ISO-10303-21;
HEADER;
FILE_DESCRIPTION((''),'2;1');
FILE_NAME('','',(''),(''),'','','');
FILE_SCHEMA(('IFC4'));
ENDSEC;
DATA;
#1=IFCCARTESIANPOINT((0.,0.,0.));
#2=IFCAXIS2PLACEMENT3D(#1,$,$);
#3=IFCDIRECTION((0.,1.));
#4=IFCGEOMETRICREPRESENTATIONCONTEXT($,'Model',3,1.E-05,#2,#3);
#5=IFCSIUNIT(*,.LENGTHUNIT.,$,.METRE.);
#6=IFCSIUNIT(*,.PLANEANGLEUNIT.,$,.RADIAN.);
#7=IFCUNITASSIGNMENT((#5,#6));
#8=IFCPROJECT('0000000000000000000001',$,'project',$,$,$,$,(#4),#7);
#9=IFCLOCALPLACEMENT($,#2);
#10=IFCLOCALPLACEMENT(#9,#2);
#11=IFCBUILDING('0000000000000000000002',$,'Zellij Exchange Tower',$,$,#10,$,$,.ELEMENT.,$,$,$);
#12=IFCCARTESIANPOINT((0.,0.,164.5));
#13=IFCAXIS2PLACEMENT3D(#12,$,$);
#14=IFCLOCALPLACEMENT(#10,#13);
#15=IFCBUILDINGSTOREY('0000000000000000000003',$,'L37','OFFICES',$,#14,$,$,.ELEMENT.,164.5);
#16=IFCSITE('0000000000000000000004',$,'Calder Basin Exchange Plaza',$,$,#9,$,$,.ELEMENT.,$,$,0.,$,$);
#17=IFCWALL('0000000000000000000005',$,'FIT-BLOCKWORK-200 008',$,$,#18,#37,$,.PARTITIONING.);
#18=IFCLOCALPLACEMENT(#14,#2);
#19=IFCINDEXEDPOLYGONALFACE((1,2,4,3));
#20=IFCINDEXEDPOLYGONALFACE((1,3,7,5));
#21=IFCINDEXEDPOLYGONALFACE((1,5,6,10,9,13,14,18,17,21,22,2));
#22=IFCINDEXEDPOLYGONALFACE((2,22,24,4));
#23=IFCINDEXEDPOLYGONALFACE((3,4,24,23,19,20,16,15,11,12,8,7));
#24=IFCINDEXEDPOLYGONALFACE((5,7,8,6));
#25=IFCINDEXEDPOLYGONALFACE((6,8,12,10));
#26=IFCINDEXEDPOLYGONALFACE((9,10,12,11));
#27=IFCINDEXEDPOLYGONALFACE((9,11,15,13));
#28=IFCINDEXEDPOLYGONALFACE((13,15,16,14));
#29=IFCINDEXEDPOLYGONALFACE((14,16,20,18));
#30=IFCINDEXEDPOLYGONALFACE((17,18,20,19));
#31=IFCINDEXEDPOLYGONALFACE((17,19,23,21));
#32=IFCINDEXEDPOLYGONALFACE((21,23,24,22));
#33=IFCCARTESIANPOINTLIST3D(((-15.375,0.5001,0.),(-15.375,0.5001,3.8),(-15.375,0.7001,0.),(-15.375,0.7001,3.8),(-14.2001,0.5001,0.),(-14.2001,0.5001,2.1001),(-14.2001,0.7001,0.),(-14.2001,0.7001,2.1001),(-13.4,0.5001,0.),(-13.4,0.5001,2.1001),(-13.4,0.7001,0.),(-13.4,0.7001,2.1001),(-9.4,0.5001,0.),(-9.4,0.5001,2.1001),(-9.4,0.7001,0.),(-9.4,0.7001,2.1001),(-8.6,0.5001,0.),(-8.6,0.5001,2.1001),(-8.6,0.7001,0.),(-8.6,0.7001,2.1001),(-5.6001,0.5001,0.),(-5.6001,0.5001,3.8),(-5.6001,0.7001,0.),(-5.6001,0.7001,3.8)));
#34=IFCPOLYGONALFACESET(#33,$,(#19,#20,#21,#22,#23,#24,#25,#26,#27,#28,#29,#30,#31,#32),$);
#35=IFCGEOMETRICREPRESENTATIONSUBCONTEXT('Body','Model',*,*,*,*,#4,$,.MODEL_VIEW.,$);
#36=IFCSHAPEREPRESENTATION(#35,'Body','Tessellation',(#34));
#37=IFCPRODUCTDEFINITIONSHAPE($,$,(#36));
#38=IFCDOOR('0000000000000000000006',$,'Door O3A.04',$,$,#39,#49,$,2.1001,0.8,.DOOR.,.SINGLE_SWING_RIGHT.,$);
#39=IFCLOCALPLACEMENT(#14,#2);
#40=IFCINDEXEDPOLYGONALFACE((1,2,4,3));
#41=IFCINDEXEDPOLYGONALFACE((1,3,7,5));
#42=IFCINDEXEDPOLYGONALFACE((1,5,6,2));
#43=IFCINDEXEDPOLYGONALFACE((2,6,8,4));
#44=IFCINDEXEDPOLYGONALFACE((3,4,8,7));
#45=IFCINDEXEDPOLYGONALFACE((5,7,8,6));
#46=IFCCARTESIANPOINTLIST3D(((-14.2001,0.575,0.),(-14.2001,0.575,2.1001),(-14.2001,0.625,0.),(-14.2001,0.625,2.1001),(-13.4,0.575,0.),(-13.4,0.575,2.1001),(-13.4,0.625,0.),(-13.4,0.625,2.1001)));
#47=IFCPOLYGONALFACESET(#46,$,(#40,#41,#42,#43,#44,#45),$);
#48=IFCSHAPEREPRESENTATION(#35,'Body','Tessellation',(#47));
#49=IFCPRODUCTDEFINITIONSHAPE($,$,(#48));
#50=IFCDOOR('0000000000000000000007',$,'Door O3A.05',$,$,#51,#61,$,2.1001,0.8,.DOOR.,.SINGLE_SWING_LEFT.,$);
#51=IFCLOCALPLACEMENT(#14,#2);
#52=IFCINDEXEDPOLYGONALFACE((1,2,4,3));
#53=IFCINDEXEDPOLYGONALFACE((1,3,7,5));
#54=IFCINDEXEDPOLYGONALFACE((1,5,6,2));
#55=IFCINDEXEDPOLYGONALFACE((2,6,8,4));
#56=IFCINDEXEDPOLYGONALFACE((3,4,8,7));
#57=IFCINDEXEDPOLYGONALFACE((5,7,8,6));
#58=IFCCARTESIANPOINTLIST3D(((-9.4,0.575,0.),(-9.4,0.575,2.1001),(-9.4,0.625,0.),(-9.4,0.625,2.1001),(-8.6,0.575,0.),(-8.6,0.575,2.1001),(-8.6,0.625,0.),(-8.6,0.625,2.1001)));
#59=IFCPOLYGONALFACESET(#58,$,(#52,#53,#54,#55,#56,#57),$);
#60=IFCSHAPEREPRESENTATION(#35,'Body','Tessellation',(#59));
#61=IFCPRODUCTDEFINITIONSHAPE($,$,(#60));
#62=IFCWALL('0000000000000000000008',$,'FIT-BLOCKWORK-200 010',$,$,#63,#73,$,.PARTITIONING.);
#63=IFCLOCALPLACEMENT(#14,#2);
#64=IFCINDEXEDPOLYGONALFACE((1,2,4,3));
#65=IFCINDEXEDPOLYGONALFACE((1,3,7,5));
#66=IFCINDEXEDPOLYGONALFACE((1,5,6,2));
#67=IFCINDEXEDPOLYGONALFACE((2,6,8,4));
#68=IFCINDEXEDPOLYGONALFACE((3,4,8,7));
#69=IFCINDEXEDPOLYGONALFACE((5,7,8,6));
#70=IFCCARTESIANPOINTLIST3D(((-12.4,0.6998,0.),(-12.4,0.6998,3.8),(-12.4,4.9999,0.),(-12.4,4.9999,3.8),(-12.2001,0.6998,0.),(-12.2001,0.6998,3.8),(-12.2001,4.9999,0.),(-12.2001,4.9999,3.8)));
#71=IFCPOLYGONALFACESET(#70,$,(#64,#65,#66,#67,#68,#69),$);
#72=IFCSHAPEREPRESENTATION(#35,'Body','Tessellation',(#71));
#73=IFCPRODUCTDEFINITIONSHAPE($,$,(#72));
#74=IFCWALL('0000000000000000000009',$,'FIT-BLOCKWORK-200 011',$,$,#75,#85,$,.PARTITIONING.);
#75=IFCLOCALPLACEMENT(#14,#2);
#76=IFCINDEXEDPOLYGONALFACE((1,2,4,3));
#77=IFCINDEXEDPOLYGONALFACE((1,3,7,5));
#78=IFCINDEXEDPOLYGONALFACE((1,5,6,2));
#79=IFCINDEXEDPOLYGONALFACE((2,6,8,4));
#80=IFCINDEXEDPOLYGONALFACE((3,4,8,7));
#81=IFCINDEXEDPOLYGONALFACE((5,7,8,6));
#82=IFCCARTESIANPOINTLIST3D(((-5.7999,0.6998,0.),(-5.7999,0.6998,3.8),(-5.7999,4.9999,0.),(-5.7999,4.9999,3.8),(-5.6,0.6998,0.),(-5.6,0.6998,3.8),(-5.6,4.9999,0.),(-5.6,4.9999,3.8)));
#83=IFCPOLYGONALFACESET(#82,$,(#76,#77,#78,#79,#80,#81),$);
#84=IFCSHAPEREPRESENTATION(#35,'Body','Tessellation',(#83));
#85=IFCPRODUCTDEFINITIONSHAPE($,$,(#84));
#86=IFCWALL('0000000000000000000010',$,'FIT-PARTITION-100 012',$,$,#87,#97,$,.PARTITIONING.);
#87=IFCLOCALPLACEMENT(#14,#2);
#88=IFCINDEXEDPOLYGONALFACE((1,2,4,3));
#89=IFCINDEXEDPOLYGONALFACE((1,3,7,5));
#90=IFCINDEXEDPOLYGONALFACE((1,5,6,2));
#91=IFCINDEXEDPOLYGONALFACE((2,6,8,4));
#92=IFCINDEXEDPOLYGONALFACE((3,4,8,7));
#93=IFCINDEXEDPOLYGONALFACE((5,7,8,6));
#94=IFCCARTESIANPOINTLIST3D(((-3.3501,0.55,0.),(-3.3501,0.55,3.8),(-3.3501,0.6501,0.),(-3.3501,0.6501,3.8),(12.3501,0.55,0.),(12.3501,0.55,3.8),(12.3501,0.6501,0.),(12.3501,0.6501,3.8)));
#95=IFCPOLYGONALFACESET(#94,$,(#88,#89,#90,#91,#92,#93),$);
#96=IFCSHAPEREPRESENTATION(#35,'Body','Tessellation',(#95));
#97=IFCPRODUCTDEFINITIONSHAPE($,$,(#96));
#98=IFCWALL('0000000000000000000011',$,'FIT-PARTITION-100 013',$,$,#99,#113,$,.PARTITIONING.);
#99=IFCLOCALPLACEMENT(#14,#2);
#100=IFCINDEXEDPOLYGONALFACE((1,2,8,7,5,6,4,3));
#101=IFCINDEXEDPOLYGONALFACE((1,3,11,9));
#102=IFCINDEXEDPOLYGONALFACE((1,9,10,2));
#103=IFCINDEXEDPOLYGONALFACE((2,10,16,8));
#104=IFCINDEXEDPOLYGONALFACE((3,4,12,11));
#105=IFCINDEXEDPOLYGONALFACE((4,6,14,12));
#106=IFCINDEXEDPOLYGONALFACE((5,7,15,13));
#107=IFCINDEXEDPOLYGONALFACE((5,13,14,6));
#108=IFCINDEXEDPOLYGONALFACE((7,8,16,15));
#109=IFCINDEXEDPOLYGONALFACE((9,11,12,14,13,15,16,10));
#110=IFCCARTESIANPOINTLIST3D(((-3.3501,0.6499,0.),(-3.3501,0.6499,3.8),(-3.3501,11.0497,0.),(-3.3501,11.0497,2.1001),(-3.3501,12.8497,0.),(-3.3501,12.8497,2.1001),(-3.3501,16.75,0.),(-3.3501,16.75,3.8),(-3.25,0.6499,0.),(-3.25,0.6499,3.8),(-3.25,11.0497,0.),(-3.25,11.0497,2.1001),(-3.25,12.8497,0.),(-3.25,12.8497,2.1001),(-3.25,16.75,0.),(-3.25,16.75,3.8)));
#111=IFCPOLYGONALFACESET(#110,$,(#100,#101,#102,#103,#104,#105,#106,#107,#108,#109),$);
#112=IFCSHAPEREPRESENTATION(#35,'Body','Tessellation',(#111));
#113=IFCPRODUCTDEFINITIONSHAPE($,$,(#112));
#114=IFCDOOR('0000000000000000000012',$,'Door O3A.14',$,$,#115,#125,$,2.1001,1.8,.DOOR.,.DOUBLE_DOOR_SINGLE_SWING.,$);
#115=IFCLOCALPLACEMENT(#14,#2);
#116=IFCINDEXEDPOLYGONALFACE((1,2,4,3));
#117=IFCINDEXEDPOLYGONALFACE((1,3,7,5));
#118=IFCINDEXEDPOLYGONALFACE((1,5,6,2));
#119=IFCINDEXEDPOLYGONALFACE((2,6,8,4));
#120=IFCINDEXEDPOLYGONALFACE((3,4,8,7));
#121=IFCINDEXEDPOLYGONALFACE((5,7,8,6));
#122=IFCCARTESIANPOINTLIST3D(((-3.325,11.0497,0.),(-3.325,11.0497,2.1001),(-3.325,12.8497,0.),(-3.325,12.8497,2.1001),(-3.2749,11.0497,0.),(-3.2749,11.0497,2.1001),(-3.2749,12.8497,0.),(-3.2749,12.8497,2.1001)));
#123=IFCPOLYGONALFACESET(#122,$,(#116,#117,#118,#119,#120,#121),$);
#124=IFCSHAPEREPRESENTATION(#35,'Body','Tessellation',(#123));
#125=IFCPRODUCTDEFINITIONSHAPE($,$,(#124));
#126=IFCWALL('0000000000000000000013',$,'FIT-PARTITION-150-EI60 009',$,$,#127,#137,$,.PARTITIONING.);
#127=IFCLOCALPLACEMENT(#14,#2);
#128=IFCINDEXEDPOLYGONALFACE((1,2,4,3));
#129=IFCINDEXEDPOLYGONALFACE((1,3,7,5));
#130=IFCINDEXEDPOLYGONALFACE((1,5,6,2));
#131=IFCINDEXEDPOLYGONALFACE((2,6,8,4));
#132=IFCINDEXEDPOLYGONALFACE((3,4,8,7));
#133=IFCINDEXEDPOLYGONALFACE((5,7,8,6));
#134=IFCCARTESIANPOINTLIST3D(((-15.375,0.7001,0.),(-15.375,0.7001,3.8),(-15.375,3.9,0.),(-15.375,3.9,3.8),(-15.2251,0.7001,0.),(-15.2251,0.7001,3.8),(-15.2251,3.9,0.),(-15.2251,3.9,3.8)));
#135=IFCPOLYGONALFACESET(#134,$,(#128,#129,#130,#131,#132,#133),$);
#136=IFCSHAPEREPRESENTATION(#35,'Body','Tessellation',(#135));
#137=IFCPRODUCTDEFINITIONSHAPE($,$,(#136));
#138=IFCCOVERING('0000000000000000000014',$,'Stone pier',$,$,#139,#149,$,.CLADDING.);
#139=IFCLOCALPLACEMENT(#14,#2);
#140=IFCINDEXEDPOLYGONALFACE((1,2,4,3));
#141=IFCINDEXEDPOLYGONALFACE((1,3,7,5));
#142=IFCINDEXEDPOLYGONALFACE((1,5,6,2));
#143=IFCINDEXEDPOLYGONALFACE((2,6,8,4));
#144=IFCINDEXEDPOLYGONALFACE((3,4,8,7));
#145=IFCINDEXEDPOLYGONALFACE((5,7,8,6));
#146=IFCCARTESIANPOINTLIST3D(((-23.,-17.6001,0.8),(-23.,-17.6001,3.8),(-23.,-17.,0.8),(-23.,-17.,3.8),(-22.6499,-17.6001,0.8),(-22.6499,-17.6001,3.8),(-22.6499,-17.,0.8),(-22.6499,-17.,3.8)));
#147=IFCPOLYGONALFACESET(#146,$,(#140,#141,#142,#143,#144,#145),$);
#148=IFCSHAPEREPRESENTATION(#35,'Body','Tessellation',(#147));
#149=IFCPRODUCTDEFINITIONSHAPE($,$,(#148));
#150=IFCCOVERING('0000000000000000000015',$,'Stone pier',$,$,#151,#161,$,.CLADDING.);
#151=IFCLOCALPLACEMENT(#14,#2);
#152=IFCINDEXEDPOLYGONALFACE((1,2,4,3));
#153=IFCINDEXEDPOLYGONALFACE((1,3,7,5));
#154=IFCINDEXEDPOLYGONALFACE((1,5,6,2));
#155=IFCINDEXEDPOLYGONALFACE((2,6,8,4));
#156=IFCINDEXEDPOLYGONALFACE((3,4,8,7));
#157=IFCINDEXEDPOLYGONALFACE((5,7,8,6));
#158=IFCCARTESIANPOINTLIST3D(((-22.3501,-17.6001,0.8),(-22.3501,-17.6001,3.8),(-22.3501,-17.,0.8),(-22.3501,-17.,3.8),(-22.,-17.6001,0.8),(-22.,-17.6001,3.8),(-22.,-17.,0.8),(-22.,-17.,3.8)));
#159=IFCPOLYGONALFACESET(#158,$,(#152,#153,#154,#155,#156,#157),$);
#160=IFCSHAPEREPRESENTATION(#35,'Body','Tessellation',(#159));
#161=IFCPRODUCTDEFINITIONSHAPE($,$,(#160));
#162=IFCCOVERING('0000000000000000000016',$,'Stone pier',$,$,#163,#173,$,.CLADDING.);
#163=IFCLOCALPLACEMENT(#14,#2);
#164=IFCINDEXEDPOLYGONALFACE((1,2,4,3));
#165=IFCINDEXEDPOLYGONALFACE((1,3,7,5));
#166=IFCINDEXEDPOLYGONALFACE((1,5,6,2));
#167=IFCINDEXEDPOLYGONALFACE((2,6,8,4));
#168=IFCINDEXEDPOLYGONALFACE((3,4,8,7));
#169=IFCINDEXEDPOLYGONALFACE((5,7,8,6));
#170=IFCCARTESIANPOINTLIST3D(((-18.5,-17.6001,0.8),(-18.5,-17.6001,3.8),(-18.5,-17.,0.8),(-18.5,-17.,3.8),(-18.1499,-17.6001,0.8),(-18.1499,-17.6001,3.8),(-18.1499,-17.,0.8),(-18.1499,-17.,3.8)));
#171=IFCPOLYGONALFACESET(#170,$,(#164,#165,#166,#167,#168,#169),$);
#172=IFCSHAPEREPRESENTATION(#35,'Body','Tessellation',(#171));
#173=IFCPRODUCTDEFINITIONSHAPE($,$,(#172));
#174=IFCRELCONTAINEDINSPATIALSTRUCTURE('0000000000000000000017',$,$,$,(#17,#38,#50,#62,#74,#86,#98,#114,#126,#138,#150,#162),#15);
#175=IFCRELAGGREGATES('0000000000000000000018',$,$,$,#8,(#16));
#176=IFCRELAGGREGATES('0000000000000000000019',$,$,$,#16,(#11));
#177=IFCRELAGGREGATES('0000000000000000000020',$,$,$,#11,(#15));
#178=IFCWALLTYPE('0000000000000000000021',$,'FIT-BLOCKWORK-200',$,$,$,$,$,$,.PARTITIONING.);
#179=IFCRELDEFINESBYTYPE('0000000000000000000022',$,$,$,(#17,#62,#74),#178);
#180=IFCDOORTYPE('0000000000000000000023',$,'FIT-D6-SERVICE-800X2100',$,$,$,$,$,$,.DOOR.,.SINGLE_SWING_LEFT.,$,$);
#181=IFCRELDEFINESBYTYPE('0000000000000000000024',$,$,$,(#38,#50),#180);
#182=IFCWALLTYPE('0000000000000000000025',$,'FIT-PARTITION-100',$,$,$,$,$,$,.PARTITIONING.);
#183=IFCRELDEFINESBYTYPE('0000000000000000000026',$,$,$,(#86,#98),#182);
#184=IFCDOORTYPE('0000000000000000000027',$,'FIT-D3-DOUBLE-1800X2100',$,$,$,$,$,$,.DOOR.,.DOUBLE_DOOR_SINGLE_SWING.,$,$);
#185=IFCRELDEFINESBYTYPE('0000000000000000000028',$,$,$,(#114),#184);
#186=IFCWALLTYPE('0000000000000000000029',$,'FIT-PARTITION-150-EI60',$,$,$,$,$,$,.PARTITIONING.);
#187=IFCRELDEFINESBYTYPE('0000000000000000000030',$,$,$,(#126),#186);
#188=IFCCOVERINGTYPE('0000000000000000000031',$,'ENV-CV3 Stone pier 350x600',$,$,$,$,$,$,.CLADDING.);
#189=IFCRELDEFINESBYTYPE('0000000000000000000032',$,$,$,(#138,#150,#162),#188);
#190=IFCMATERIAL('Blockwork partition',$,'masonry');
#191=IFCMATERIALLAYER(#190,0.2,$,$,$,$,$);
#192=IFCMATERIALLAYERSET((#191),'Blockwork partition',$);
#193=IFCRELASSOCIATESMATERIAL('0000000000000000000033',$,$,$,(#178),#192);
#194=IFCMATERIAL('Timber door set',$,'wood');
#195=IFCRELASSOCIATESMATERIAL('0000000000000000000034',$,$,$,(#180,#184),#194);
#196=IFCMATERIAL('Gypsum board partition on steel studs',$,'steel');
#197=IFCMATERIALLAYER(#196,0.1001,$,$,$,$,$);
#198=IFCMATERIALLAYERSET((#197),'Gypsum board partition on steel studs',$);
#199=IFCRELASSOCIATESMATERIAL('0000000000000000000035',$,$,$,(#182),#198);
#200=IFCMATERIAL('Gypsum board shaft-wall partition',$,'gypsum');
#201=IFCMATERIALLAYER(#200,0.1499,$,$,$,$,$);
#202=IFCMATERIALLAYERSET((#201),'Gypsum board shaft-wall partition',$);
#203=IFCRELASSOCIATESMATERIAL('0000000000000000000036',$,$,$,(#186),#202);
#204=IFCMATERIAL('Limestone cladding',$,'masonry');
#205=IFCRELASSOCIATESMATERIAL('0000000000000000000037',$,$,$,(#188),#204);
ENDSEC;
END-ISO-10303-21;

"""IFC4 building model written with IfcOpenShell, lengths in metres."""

from ifc_helpers import new_model, si_unit, direction, frame, frame_2d, origin, place, context, subcontext, project, spatial, polyline, rectangle, outline, extrude, material, layer, layer_set, type_object, element, fill, save


model = new_model("IFC4")

# Units and contexts
model_context = context("Model", 3, precision=1e-05, world=origin(), true_north=direction((0.0, 1.0)))
body_context = subcontext(model_context, "Body", "Model", "MODEL_VIEW")
ifc_project = project(units=[si_unit("LENGTHUNIT", "METRE"), si_unit("PLANEANGLEUNIT", "RADIAN")], contexts=[model_context])

# Site, building, storey
site_placement = place(None, origin())
site = spatial("IfcSite", under=ifc_project, at=site_placement, Name="Calder Basin Exchange Plaza", CompositionType="ELEMENT", RefElevation=0.0)
building_placement = place(site_placement, origin())
building = spatial("IfcBuilding", under=site, at=building_placement, Name="Zellij Exchange Tower", CompositionType="ELEMENT")
storey_placement = place(building_placement, frame((0.0, 0.0, 164.5)))
storey = spatial("IfcBuildingStorey", under=building, at=storey_placement, Name="L37", Description="OFFICES", CompositionType="ELEMENT", Elevation=164.5)

# Wall, openings, doors
ifc_material_1 = material(Name="Blockwork partition", Category="masonry")
ifc_layer_1 = layer(ifc_material_1, 0.2)
ifc_layer_set_1 = layer_set([ifc_layer_1], Name="Blockwork partition")
wall_type_1 = type_object("IfcWallType", Name="FIT-BLOCKWORK-200", PredefinedType="PARTITIONING", material=ifc_layer_set_1)
wall_1_placement = place(storey_placement, frame((-15.375, 0.6001, 0.0), z_axis=(0.0, 0.0, 1.0), x_axis=(1.0, 0.0, 0.0)))
wall_1 = element("IfcWall", 1, at=wall_1_placement, inside=storey, type_object=wall_type_1, Name="FIT-BLOCKWORK-200 008", PredefinedType="PARTITIONING", context=body_context, shape_type="SweptSolid", body=[
    extrude(rectangle(XDim=9.7749, YDim=0.2, at=frame_2d((4.8875, 0.0))), origin(), (0.0, 0.0, 1.0), 3.8),
])
opening_1_placement = place(wall_1_placement, frame((1.175, 0.0, 0.0)))
opening_1 = element("IfcOpeningElement", 2, at=opening_1_placement, cuts=wall_1, PredefinedType="OPENING", context=body_context, shape_type="SweptSolid", body=[
    extrude(rectangle(XDim=0.8, YDim=2.1001, at=frame_2d((0.3999, 1.05))), frame((0.0, 0.1118, 0.0), z_axis=(0.0, -1.0, 0.0), x_axis=(1.0, 0.0, 0.0)), (0.0, 0.0, 1.0), 0.2239),
])
opening_2_placement = place(wall_1_placement, frame((5.9751, 0.0, 0.0)))
opening_2 = element("IfcOpeningElement", 3, at=opening_2_placement, cuts=wall_1, PredefinedType="OPENING", context=body_context, shape_type="SweptSolid", body=[
    extrude(rectangle(XDim=0.8, YDim=2.1001, at=frame_2d((0.3999, 1.05))), frame((0.0, 0.1118, 0.0), z_axis=(0.0, -1.0, 0.0), x_axis=(1.0, 0.0, 0.0)), (0.0, 0.0, 1.0), 0.2239),
])
ifc_material_2 = material(Name="Timber door set", Category="wood")
door_type_1 = type_object("IfcDoorType", Name="FIT-D6-SERVICE-800X2100", OperationType="SINGLE_SWING_LEFT", PredefinedType="DOOR", material=ifc_material_2)
door_1_placement = place(opening_1_placement, origin())
door_1 = element("IfcDoor", 4, at=door_1_placement, inside=storey, type_object=door_type_1, Name="Door O3A.04", OperationType="SINGLE_SWING_RIGHT", OverallHeight=2.1001, OverallWidth=0.8, PredefinedType="DOOR", context=body_context, shape_type="SweptSolid", body=[
    extrude(rectangle(XDim=0.8, YDim=2.1001, at=frame_2d((0.3999, 1.05))), frame((0.0, 0.0249, 0.0), z_axis=(0.0, -1.0, 0.0), x_axis=(1.0, 0.0, 0.0)), (0.0, 0.0, 1.0), 0.05),
])
fill(opening_1, door_1)
door_2_placement = place(opening_2_placement, origin())
door_2 = element("IfcDoor", 5, at=door_2_placement, inside=storey, type_object=door_type_1, Name="Door O3A.05", OperationType="SINGLE_SWING_LEFT", OverallHeight=2.1001, OverallWidth=0.8, PredefinedType="DOOR", context=body_context, shape_type="SweptSolid", body=[
    extrude(rectangle(XDim=0.8, YDim=2.1001, at=frame_2d((0.3999, 1.05))), frame((0.0, 0.0249, 0.0), z_axis=(0.0, -1.0, 0.0), x_axis=(1.0, 0.0, 0.0)), (0.0, 0.0, 1.0), 0.05),
])
fill(opening_2, door_2)

# Walls
for number, where, z_axis, x_axis, name in (
    (6, (-12.3, 0.7, 0.0), (0.0, 0.0, 1.0), (0.0, 1.0, 0.0), "FIT-BLOCKWORK-200 010"),
    (7, (-5.7, 0.7, 0.0), (0.0, 0.0, 1.0), (0.0, 1.0, 0.0), "FIT-BLOCKWORK-200 011"),
):
    element("IfcWall", number, at=place(storey_placement, frame(where, z_axis=z_axis, x_axis=x_axis)), inside=storey, type_object=wall_type_1, Name=name, PredefinedType="PARTITIONING", context=body_context, shape_type="SweptSolid", body=[
        extrude(rectangle(XDim=4.3, YDim=0.2, at=frame_2d((2.1499, 0.0))), origin(), (0.0, 0.0, 1.0), 3.8),
    ])
ifc_material_3 = material(Name="Gypsum board partition on steel studs", Category="steel")
ifc_layer_2 = layer(ifc_material_3, 0.1001)
ifc_layer_set_2 = layer_set([ifc_layer_2], Name="Gypsum board partition on steel studs")
wall_type_2 = type_object("IfcWallType", Name="FIT-PARTITION-100", PredefinedType="PARTITIONING", material=ifc_layer_set_2)
wall_2_placement = place(storey_placement, frame((-3.3501, 0.6001, 0.0), z_axis=(0.0, 0.0, 1.0), x_axis=(1.0, 0.0, 0.0)))
element("IfcWall", 8, at=wall_2_placement, inside=storey, type_object=wall_type_2, Name="FIT-PARTITION-100 012", PredefinedType="PARTITIONING", context=body_context, shape_type="SweptSolid", body=[
    extrude(rectangle(XDim=15.7002, YDim=0.1001, at=frame_2d((7.8501, 0.0))), origin(), (0.0, 0.0, 1.0), 3.8),
])

# Wall, opening, door
wall_3_placement = place(storey_placement, frame((-3.3, 0.6499, 0.0), z_axis=(0.0, 0.0, 1.0), x_axis=(0.0, 1.0, 0.0)))
wall_3 = element("IfcWall", 9, at=wall_3_placement, inside=storey, type_object=wall_type_2, Name="FIT-PARTITION-100 013", PredefinedType="PARTITIONING", context=body_context, shape_type="SweptSolid", body=[
    extrude(rectangle(XDim=16.1001, YDim=0.1001, at=frame_2d((8.05, 0.0))), origin(), (0.0, 0.0, 1.0), 3.8),
])
opening_3_placement = place(wall_3_placement, frame((10.3999, 0.0, 0.0)))
opening_3 = element("IfcOpeningElement", 10, at=opening_3_placement, cuts=wall_3, PredefinedType="OPENING", context=body_context, shape_type="SweptSolid", body=[
    extrude(rectangle(XDim=1.8, YDim=2.1001, at=frame_2d((0.8999, 1.05))), frame((0.0, 0.062, 0.0), z_axis=(0.0, -1.0, 0.0), x_axis=(1.0, 0.0, 0.0)), (0.0, 0.0, 1.0), 0.124),
])
door_type_2 = type_object("IfcDoorType", Name="FIT-D3-DOUBLE-1800X2100", OperationType="DOUBLE_DOOR_SINGLE_SWING", PredefinedType="DOOR", material=ifc_material_2)
door_3_placement = place(opening_3_placement, origin())
door_3 = element("IfcDoor", 11, at=door_3_placement, inside=storey, type_object=door_type_2, Name="Door O3A.14", OperationType="DOUBLE_DOOR_SINGLE_SWING", OverallHeight=2.1001, OverallWidth=1.8, PredefinedType="DOOR", context=body_context, shape_type="SweptSolid", body=[
    extrude(rectangle(XDim=1.8, YDim=2.1001, at=frame_2d((0.8999, 1.05))), frame((0.0, 0.0249, 0.0), z_axis=(0.0, -1.0, 0.0), x_axis=(1.0, 0.0, 0.0)), (0.0, 0.0, 1.0), 0.05),
])
fill(opening_3, door_3)

# Wall
ifc_material_4 = material(Name="Gypsum board shaft-wall partition", Category="gypsum")
ifc_layer_3 = layer(ifc_material_4, 0.1499)
ifc_layer_set_3 = layer_set([ifc_layer_3], Name="Gypsum board shaft-wall partition")
wall_type_3 = type_object("IfcWallType", Name="FIT-PARTITION-150-EI60", PredefinedType="PARTITIONING", material=ifc_layer_set_3)
wall_4_placement = place(storey_placement, frame((-15.3, 0.7, 0.0), z_axis=(0.0, 0.0, 1.0), x_axis=(0.0, 1.0, 0.0)))
element("IfcWall", 12, at=wall_4_placement, inside=storey, type_object=wall_type_3, Name="FIT-PARTITION-150-EI60 009", PredefinedType="PARTITIONING", context=body_context, shape_type="SweptSolid", body=[
    extrude(rectangle(XDim=3.2, YDim=0.1499, at=frame_2d((1.6001, 0.0))), origin(), (0.0, 0.0, 1.0), 3.8),
])

# Coverings
ifc_material_5 = material(Name="Limestone cladding", Category="masonry")
covering_type = type_object("IfcCoveringType", Name="ENV-CV3 Stone pier 350x600", PredefinedType="CLADDING", material=ifc_material_5)
covering_1_placement = place(storey_placement, frame((0.0, 0.0, 0.8)))
element("IfcCovering", 13, at=covering_1_placement, inside=storey, type_object=covering_type, Name="Stone pier", PredefinedType="CLADDING", context=body_context, shape_type="SweptSolid", body=[
    extrude(outline(polyline([(-23.0, -17.0), (-22.6499, -17.0), (-22.6499, -17.6001), (-23.0, -17.6001), (-23.0, -17.0)])), origin(), (0.0, 0.0, 1.0), 3.0),
])
covering_2_placement = place(storey_placement, frame((0.0, 0.0, 0.8)))
element("IfcCovering", 14, at=covering_2_placement, inside=storey, type_object=covering_type, Name="Stone pier", PredefinedType="CLADDING", context=body_context, shape_type="SweptSolid", body=[
    extrude(outline(polyline([(-22.3501, -17.0), (-22.0, -17.0), (-22.0, -17.6001), (-22.3501, -17.6001), (-22.3501, -17.0)])), origin(), (0.0, 0.0, 1.0), 3.0),
])
covering_3_placement = place(storey_placement, frame((0.0, 0.0, 0.8)))
element("IfcCovering", 15, at=covering_3_placement, inside=storey, type_object=covering_type, Name="Stone pier", PredefinedType="CLADDING", context=body_context, shape_type="SweptSolid", body=[
    extrude(outline(polyline([(-18.5, -17.0), (-18.1499, -17.0), (-18.1499, -17.6001), (-18.5, -17.6001), (-18.5, -17.0)])), origin(), (0.0, 0.0, 1.0), 3.0),
])

save(model, "model.ifc")
